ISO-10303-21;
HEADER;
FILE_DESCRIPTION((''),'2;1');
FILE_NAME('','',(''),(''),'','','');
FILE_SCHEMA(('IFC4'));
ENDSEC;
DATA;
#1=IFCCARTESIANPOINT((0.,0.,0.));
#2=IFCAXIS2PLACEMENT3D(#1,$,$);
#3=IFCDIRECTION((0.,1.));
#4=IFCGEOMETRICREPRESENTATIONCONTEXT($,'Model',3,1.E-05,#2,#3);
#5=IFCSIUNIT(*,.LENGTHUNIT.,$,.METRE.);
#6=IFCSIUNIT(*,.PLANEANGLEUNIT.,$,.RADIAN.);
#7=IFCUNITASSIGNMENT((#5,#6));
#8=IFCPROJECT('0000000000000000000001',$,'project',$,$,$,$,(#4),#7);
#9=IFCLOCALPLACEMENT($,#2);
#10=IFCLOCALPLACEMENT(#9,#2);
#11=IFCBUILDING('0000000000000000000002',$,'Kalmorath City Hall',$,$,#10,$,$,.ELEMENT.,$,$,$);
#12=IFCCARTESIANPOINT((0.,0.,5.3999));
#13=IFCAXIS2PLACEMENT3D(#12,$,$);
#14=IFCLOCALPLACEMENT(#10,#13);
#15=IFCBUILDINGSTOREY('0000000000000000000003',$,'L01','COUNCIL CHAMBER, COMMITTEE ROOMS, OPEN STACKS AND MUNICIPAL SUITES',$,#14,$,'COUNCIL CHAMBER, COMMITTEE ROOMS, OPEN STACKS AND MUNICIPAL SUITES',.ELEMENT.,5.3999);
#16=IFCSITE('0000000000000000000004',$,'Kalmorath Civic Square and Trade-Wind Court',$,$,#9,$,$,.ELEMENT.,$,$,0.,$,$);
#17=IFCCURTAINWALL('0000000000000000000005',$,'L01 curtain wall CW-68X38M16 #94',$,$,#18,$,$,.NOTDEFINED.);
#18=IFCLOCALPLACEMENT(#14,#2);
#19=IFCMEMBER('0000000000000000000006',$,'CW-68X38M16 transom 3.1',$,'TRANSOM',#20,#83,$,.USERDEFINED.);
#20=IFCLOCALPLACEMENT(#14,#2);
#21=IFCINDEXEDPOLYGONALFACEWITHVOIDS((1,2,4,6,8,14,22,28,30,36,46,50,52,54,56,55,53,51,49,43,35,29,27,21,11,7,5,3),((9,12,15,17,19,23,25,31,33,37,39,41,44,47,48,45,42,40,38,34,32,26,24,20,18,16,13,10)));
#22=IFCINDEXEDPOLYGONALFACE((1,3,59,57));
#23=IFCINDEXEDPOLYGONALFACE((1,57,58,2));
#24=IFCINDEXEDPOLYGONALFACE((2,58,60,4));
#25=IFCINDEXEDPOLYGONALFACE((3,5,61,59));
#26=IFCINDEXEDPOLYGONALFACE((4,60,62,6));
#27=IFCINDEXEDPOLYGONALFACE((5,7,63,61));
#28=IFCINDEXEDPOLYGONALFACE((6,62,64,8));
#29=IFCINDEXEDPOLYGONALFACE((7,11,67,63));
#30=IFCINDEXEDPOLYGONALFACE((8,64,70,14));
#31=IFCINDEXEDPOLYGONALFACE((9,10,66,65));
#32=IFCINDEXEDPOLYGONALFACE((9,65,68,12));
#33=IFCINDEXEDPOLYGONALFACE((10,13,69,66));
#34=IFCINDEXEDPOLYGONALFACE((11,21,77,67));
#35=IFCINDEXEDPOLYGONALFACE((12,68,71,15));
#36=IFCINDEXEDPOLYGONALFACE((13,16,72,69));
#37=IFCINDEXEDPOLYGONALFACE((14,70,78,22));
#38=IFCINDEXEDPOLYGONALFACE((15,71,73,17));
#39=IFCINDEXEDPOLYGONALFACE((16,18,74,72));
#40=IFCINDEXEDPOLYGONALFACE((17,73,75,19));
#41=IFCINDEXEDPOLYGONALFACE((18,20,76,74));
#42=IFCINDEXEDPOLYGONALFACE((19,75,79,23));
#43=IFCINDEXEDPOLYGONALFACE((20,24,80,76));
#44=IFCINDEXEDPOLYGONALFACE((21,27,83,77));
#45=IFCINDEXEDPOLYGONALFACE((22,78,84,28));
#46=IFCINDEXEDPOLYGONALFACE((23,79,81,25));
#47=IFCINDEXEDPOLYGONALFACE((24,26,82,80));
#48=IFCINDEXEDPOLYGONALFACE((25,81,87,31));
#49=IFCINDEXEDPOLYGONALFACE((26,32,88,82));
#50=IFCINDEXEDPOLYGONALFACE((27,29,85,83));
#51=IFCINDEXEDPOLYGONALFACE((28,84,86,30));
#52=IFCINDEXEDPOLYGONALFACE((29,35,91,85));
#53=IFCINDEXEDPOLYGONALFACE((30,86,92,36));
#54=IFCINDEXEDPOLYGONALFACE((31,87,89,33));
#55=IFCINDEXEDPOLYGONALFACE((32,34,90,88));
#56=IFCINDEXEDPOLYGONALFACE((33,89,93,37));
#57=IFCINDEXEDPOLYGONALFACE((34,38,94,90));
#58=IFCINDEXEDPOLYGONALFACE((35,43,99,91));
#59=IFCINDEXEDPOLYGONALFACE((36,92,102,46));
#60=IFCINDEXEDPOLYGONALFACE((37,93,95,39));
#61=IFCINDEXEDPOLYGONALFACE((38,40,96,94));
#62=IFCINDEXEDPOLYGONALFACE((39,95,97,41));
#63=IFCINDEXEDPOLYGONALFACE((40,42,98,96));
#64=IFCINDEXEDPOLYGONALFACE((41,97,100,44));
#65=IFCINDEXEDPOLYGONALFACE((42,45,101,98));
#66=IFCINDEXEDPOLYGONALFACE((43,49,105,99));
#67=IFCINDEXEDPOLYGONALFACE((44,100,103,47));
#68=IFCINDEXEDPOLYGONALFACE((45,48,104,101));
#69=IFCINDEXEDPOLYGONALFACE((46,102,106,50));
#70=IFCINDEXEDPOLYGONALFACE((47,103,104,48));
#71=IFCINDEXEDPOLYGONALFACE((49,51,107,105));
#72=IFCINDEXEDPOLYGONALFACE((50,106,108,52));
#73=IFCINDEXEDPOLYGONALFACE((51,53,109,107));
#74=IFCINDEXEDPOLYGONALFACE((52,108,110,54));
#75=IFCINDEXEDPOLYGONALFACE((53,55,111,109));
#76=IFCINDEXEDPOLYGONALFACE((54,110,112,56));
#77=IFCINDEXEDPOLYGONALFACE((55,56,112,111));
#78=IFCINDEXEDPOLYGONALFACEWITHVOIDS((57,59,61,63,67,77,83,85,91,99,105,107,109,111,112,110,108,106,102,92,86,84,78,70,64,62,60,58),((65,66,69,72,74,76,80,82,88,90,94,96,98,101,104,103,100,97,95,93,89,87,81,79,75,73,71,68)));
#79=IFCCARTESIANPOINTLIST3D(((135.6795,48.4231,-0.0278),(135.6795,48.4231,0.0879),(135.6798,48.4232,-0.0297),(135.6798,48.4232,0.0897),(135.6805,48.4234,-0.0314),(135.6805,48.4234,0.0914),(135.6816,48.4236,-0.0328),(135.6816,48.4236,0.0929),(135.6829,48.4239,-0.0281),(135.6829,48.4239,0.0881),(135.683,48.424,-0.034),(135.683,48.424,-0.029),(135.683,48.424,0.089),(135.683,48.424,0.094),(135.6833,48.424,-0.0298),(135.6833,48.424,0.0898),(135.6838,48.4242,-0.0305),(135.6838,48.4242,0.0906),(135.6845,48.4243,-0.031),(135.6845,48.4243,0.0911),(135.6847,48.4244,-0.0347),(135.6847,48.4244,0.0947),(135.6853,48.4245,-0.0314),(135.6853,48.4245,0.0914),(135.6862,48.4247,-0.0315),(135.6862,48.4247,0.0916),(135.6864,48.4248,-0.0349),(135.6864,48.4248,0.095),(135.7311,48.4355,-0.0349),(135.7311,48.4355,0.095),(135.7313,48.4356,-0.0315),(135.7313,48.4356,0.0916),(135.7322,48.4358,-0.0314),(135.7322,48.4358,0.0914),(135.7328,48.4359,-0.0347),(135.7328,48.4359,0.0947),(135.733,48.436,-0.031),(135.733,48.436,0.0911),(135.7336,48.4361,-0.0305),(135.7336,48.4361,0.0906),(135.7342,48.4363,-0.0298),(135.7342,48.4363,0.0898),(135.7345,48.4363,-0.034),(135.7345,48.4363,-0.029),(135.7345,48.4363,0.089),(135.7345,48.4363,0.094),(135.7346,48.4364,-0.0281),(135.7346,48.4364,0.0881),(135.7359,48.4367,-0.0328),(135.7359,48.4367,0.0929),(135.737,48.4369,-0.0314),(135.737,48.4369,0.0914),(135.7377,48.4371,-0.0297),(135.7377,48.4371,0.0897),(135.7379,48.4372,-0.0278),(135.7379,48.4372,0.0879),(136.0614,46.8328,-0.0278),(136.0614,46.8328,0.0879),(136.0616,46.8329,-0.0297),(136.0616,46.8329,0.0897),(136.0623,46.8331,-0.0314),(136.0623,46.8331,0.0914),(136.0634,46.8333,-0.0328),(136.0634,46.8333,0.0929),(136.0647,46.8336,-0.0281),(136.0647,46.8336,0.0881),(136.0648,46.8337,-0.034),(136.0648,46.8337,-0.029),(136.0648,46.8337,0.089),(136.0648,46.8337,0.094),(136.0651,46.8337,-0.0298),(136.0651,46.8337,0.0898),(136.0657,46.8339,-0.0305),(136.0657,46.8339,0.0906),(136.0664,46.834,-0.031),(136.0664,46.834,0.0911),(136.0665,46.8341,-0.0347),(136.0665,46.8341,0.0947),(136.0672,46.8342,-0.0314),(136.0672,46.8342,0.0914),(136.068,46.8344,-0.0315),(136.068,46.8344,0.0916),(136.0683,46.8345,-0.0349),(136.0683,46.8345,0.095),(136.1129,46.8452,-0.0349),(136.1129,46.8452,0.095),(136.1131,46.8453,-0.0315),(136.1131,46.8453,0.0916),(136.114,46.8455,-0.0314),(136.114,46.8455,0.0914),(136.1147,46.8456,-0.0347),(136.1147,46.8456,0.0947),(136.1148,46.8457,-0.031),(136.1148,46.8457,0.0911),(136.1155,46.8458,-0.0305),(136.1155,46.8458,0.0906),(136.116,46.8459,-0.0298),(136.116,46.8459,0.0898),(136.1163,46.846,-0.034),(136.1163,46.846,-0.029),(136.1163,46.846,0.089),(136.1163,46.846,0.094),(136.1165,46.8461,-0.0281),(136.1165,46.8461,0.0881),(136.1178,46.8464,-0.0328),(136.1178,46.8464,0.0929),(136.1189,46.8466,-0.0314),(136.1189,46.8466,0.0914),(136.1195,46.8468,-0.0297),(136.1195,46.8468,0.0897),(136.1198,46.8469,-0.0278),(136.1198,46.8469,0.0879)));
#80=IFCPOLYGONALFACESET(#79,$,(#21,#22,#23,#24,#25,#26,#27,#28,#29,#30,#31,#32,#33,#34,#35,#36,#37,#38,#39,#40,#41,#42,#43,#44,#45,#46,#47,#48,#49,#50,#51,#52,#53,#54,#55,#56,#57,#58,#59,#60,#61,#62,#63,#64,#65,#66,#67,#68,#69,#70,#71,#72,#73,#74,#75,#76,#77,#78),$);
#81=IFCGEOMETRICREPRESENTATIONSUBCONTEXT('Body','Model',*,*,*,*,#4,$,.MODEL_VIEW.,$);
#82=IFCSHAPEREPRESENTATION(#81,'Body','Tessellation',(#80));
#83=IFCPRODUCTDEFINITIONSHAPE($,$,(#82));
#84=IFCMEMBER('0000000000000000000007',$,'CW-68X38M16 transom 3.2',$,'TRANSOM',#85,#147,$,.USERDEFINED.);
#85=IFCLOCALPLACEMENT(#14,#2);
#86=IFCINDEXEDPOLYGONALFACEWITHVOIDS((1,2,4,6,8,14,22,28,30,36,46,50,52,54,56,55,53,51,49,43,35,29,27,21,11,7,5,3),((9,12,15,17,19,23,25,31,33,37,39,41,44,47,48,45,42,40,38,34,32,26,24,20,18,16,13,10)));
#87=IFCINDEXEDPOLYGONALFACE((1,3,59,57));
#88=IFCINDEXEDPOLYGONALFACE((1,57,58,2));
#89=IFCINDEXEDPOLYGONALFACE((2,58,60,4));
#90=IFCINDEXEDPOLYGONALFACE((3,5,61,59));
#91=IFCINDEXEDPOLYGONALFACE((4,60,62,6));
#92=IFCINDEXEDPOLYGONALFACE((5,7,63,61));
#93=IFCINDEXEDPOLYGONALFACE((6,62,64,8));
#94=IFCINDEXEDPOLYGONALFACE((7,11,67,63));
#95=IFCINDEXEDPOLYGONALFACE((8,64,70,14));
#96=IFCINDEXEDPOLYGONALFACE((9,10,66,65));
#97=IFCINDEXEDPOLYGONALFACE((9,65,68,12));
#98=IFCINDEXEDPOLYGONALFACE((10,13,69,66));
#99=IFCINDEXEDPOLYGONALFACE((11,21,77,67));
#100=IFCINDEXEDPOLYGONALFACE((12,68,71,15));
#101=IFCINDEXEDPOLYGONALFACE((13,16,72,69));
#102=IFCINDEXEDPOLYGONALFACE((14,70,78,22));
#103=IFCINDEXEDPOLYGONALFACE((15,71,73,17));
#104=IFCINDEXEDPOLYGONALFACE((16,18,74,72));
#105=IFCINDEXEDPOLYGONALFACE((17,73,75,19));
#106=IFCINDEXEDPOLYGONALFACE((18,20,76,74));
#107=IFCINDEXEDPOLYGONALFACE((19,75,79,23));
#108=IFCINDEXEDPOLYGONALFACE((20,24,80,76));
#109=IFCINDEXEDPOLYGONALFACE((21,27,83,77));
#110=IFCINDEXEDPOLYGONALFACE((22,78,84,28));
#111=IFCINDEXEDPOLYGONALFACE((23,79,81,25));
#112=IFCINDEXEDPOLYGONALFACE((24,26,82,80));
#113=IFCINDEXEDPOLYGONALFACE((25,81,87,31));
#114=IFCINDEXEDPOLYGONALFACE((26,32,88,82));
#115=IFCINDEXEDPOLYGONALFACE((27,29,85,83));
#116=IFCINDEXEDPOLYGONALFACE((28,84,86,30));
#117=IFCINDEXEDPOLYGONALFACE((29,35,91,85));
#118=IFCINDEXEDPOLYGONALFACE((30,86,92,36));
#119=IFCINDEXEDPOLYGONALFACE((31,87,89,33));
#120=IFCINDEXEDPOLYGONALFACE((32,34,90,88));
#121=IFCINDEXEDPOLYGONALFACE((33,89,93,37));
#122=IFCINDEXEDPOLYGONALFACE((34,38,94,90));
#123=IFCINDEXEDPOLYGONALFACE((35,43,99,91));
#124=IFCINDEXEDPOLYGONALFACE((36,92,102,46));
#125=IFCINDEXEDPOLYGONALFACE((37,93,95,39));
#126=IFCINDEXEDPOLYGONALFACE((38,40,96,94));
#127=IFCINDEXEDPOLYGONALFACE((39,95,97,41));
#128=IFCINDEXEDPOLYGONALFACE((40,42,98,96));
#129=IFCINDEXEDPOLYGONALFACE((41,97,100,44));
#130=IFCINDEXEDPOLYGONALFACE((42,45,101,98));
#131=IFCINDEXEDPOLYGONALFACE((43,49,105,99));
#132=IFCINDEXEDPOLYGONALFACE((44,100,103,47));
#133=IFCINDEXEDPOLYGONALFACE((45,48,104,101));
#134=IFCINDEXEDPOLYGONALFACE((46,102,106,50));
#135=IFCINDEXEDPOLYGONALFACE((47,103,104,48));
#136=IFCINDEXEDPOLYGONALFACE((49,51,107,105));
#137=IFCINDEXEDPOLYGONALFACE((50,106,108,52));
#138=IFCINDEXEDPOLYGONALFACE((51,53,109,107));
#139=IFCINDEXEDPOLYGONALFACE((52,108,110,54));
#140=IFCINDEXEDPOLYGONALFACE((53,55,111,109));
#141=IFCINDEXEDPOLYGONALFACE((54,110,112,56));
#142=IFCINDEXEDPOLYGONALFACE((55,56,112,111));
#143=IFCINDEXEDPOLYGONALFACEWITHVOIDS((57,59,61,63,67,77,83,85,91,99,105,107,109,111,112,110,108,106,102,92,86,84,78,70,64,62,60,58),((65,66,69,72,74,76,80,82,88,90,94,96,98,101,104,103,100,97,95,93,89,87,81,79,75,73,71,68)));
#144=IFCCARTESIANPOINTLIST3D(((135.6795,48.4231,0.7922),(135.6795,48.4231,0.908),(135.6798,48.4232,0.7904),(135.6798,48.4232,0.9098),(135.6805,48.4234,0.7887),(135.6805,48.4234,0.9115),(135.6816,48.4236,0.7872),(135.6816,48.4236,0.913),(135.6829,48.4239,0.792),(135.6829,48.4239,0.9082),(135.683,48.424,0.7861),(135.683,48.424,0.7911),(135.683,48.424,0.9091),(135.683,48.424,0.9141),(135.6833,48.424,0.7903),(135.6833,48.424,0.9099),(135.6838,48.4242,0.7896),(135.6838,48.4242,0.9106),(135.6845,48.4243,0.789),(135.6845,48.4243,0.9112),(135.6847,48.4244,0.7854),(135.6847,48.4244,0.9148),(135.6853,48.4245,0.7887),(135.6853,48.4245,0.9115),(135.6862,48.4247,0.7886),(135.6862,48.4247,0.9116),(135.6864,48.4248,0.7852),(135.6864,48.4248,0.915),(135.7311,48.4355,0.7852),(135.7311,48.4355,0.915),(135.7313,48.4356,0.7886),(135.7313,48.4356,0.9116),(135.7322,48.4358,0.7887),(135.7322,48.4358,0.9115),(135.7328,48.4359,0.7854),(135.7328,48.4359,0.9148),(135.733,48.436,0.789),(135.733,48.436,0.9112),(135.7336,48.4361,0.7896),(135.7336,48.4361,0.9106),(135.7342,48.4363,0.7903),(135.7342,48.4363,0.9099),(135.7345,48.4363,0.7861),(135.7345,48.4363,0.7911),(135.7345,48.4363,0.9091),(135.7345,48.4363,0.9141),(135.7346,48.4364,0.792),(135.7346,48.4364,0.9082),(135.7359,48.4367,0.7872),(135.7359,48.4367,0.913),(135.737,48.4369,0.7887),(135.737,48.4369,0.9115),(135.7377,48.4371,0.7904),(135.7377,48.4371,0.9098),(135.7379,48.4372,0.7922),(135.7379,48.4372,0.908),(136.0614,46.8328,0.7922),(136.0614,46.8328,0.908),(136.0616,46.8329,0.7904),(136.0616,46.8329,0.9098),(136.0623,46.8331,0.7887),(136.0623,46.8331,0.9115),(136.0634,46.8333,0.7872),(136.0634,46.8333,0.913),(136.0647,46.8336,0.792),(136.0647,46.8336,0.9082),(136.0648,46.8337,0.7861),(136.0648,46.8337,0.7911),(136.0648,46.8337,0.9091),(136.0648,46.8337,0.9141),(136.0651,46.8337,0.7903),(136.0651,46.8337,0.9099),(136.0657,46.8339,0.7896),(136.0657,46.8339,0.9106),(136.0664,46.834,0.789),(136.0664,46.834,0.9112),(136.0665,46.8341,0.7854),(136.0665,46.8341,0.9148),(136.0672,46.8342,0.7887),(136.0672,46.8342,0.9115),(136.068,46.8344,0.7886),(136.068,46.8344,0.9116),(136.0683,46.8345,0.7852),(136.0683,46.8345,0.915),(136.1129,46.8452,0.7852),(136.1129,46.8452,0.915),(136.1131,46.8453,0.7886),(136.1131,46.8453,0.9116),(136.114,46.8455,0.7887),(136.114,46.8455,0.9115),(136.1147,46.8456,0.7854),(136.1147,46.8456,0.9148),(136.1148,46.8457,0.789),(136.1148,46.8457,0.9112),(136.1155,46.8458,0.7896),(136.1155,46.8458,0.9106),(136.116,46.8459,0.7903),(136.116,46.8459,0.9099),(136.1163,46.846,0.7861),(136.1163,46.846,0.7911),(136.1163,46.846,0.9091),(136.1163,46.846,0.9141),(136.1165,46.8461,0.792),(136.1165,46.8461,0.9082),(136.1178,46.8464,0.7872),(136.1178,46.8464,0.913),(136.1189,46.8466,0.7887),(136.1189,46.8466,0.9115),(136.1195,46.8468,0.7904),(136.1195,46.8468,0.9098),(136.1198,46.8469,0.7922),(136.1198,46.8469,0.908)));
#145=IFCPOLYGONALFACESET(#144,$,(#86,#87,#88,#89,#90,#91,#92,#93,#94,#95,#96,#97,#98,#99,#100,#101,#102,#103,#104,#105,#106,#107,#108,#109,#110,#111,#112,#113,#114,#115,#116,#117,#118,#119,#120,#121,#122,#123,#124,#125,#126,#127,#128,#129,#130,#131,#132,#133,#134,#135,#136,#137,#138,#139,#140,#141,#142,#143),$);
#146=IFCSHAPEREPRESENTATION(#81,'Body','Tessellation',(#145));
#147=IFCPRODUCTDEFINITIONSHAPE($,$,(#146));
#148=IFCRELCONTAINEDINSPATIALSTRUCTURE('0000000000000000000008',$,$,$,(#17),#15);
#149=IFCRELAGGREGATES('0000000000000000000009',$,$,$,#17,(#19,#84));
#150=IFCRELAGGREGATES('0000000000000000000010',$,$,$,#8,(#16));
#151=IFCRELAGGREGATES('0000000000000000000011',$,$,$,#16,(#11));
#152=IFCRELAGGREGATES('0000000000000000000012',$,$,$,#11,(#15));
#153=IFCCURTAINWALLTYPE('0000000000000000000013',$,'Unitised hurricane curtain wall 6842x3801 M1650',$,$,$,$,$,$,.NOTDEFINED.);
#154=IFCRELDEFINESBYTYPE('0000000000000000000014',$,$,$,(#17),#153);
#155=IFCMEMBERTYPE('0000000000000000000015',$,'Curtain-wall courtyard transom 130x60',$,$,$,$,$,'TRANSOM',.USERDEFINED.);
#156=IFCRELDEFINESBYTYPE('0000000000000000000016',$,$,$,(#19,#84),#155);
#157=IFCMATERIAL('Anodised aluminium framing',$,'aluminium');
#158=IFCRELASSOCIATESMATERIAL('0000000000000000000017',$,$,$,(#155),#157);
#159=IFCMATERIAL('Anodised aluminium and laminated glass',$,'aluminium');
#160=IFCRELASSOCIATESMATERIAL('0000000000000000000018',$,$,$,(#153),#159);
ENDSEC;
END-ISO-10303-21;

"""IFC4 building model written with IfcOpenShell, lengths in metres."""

from ifc_helpers import new_model, si_unit, direction, frame, origin, origin_2d, place, context, subcontext, project, spatial, hollow_rectangle, extrude, material, material_profile, profile_set, type_object, element, aggregate, save


model = new_model("IFC4")

# Units and contexts
model_context = context("Model", 3, precision=1e-05, world=origin(), true_north=direction((0.0, 1.0)))
body_context = subcontext(model_context, "Body", "Model", "MODEL_VIEW")
ifc_project = project(units=[si_unit("LENGTHUNIT", "METRE"), si_unit("PLANEANGLEUNIT", "RADIAN")], contexts=[model_context])

# Site, building, storey
site_placement = place(None, origin())
site = spatial("IfcSite", under=ifc_project, at=site_placement, Name="Kalmorath Civic Square and Trade-Wind Court", CompositionType="ELEMENT", RefElevation=0.0)
building_placement = place(site_placement, origin())
building = spatial("IfcBuilding", under=site, at=building_placement, Name="Kalmorath City Hall", CompositionType="ELEMENT")
storey_placement = place(building_placement, frame((0.0, 0.0, 5.3999)))
storey = spatial("IfcBuildingStorey", under=building, at=storey_placement, Name="L01", Description="COUNCIL CHAMBER, COMMITTEE ROOMS, OPEN STACKS AND MUNICIPAL SUITES", LongName="COUNCIL CHAMBER, COMMITTEE ROOMS, OPEN STACKS AND MUNICIPAL SUITES", CompositionType="ELEMENT", Elevation=5.3999)

# Curtain wall, members
ifc_material_1 = material(Name="Anodised aluminium framing", Category="aluminium")
ifc_material_profile_1 = material_profile(ifc_material_1, hollow_rectangle(XDim=0.0601, YDim=0.1299, WallThickness=0.0034, InnerFilletRadius=0.0034, OuterFilletRadius=0.0071, at=origin_2d()), Name="ALU-TRN-130X60X3.5")
ifc_profile_set_1 = profile_set([ifc_material_profile_1], Name="Anodised aluminium framing")
member_type_1 = type_object("IfcMemberType", Name="Curtain-wall courtyard transom 130x60", ElementType="TRANSOM", PredefinedType="USERDEFINED", material=ifc_profile_set_1)
ifc_material_2 = material(Name="Anodised aluminium and laminated glass", Category="aluminium")
curtain_wall_type_1 = type_object("IfcCurtainWallType", Name="Unitised hurricane curtain wall 6842x3801 M1650", PredefinedType="NOTDEFINED", material=ifc_material_2)
curtain_wall_1_placement = place(storey_placement, origin())
curtain_wall_1 = element("IfcCurtainWall", 1, at=curtain_wall_1_placement, inside=storey, type_object=curtain_wall_type_1, Name="L01 curtain wall CW-68X38M16 #94", PredefinedType="NOTDEFINED")
member_1_placement = place(storey_placement, frame((136.0906, 46.8398, 0.03), z_axis=(-0.233463, 0.972366, 0.0), x_axis=(-0.972366, -0.233463, 0.0)))
member_1 = element("IfcMember", 2, at=member_1_placement, type_object=member_type_1, Name="CW-68X38M16 transom 3.1", ObjectType="TRANSOM", PredefinedType="USERDEFINED", context=body_context, shape_type="SweptSolid", body=[
    extrude(hollow_rectangle(XDim=0.0601, YDim=0.1299, WallThickness=0.0034, InnerFilletRadius=0.0034, OuterFilletRadius=0.0071, at=origin_2d()), origin(), (0.0, 0.0, 1.0), 1.6355),
])
member_2_placement = place(storey_placement, frame((136.0906, 46.8398, 0.8501), z_axis=(-0.233463, 0.972366, 0.0), x_axis=(-0.972366, -0.233463, 0.0)))
member_2 = element("IfcMember", 3, at=member_2_placement, type_object=member_type_1, Name="CW-68X38M16 transom 3.2", ObjectType="TRANSOM", PredefinedType="USERDEFINED", context=body_context, shape_type="SweptSolid", body=[
    extrude(hollow_rectangle(XDim=0.0601, YDim=0.1299, WallThickness=0.0034, InnerFilletRadius=0.0034, OuterFilletRadius=0.0071, at=origin_2d()), origin(), (0.0, 0.0, 1.0), 1.6355),
])

aggregate(curtain_wall_1, [member_1, member_2])

save(model, "model.ifc")
